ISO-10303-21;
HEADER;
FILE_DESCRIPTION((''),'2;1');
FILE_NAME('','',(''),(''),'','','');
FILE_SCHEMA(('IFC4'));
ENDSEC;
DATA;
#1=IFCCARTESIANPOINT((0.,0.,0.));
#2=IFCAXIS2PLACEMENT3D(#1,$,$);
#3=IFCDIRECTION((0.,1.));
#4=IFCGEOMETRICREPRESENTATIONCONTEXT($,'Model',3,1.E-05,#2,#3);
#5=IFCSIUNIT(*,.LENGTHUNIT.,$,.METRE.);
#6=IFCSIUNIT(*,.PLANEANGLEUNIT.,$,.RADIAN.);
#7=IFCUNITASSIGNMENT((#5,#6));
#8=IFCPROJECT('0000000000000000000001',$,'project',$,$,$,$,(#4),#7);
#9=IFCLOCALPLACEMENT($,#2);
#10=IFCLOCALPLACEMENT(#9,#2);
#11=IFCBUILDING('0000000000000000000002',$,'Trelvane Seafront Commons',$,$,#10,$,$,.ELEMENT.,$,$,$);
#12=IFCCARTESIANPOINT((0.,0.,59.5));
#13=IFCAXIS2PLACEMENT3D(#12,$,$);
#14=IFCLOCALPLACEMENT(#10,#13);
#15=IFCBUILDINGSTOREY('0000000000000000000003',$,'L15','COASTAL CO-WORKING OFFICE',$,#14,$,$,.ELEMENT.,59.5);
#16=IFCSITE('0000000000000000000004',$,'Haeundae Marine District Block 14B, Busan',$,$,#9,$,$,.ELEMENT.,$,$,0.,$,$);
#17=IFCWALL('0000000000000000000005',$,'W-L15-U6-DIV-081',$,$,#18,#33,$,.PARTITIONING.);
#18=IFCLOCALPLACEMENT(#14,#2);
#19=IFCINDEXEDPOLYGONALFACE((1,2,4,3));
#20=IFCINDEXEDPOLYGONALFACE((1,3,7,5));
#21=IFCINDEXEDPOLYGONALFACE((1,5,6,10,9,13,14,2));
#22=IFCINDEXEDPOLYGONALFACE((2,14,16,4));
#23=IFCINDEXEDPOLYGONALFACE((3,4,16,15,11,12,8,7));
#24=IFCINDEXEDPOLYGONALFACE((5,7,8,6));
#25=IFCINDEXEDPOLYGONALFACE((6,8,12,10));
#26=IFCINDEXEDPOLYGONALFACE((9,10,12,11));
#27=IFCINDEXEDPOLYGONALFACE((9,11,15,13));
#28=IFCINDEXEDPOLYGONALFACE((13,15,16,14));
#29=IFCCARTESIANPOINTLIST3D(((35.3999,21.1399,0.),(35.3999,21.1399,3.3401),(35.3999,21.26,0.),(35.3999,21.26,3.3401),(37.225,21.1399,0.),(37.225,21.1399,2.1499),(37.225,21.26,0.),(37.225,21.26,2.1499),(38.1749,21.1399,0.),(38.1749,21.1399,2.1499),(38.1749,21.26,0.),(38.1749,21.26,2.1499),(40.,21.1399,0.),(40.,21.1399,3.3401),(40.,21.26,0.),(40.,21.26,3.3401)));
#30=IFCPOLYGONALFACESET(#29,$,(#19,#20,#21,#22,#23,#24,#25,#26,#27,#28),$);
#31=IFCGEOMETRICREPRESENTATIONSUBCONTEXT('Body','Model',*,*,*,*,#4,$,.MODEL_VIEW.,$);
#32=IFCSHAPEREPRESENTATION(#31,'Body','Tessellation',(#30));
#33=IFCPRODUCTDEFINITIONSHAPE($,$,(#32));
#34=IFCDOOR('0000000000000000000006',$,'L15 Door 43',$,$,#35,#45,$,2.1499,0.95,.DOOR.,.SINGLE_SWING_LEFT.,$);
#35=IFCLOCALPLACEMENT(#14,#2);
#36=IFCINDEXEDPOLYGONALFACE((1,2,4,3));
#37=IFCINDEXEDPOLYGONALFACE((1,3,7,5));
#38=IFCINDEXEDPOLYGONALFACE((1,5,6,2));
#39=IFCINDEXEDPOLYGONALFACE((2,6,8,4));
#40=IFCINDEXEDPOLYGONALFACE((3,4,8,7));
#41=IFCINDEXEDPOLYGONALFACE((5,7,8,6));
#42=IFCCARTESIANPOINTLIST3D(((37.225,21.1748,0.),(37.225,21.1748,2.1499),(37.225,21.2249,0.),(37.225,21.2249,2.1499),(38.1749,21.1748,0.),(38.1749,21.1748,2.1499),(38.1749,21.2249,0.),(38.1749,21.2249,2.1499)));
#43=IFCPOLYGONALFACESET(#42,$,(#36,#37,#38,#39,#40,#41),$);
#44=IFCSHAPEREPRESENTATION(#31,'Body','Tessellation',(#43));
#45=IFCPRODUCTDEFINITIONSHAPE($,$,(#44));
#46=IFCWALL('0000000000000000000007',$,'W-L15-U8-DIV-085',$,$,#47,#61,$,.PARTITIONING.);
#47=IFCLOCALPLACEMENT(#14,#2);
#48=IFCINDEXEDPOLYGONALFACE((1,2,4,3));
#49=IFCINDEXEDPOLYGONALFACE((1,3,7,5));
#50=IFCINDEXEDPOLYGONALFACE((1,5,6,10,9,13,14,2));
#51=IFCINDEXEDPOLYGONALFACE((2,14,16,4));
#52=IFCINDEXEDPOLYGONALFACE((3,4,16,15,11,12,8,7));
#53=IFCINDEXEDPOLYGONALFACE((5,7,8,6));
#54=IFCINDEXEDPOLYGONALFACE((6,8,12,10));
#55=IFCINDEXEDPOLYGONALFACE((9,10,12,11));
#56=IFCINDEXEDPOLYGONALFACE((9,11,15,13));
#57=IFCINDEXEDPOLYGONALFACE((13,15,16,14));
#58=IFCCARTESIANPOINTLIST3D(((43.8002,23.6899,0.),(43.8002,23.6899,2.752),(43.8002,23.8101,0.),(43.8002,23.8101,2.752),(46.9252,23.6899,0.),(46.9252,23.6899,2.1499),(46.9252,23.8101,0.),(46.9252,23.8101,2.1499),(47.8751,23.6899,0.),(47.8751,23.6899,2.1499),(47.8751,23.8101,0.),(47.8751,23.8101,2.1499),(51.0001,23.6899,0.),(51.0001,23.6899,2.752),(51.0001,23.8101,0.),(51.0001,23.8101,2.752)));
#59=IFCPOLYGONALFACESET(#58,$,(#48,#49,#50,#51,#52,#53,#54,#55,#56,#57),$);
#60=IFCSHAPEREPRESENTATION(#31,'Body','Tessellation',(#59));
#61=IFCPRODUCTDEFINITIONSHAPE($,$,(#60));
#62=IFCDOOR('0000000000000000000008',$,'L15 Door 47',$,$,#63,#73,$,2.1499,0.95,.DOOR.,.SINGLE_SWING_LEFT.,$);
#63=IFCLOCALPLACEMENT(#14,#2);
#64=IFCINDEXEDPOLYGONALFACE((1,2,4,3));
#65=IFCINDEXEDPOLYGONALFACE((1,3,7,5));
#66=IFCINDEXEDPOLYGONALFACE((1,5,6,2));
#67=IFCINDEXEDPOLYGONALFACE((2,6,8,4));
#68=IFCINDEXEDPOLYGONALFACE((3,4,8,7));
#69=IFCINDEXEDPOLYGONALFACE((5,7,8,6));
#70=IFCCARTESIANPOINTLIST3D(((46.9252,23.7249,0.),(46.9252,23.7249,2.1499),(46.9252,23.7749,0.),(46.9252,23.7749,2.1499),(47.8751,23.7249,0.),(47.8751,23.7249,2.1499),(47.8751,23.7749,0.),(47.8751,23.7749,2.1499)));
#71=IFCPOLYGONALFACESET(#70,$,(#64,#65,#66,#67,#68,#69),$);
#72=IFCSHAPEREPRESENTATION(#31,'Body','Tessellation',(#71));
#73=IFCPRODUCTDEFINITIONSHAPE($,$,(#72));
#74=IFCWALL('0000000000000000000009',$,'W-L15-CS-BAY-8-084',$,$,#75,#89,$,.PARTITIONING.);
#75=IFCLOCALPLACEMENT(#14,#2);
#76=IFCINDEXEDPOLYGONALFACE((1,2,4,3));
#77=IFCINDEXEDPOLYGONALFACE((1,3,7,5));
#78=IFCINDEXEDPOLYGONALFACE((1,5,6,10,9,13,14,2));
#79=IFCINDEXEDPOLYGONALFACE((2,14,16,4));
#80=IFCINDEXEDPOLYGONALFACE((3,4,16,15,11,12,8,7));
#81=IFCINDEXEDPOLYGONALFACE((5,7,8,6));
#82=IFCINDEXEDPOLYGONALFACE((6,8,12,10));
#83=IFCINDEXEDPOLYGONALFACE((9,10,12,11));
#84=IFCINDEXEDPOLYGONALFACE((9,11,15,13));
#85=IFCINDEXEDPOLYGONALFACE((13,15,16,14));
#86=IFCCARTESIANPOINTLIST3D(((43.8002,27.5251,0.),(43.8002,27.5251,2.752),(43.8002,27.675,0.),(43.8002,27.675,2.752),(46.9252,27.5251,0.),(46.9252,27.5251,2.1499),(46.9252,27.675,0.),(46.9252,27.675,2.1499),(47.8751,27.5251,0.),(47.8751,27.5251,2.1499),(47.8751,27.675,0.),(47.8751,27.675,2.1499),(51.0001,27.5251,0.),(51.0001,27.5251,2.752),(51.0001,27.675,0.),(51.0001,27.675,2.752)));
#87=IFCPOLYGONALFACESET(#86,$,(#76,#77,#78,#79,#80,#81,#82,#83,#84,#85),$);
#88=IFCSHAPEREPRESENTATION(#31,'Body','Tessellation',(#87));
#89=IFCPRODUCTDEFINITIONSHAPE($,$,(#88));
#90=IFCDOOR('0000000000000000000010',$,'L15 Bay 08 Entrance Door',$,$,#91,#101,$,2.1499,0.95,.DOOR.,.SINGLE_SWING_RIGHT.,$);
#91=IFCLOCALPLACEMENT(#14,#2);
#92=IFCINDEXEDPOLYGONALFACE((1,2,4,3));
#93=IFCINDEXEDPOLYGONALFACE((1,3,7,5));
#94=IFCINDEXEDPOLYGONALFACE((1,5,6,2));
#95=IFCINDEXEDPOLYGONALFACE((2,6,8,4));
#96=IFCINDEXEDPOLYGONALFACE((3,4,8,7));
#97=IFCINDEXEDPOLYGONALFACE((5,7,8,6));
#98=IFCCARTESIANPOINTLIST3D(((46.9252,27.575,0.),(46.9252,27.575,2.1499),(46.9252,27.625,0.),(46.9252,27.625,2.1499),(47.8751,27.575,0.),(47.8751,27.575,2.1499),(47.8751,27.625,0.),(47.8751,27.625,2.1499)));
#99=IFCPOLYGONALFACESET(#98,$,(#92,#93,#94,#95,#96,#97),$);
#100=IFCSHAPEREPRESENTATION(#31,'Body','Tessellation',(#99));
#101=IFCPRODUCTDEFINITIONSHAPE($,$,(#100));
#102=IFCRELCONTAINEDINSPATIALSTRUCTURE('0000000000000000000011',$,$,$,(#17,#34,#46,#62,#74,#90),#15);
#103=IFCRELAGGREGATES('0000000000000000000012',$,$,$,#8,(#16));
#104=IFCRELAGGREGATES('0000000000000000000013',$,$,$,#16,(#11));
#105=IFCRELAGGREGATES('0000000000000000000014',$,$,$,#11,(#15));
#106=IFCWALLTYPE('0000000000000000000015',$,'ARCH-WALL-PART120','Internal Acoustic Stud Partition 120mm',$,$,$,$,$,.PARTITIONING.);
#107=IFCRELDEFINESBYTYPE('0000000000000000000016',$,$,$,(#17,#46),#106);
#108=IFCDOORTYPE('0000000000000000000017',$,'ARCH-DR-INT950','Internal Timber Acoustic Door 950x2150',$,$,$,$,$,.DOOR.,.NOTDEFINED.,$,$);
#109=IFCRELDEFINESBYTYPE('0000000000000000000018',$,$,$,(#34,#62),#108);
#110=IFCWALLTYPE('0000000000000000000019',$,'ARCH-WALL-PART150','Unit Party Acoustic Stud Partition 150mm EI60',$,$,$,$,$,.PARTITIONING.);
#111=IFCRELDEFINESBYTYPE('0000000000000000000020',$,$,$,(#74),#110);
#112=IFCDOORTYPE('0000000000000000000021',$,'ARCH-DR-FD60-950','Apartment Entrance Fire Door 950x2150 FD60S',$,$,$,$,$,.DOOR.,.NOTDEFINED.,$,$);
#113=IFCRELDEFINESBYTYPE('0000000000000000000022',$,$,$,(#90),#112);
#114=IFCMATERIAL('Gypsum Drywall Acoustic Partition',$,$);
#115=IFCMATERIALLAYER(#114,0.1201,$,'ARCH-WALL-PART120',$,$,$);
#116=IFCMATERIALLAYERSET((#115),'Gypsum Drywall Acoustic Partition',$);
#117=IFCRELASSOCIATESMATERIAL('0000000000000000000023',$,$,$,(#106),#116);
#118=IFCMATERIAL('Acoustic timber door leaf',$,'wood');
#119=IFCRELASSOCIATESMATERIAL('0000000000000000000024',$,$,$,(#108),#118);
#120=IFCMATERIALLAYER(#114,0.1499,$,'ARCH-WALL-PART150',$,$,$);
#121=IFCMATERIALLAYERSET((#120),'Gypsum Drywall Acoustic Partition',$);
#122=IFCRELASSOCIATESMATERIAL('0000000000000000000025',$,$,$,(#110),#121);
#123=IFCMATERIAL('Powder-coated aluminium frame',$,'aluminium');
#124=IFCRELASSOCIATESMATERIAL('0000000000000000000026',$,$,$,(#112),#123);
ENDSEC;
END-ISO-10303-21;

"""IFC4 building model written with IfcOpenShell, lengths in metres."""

from ifc_helpers import new_model, si_unit, direction, frame, frame_2d, origin, place, context, subcontext, project, spatial, rectangle, extrude, source, transform, mapped, material, layer, layer_set, type_object, element, fill, save


model = new_model("IFC4")

# Units and contexts
model_context = context("Model", 3, precision=1e-05, world=origin(), true_north=direction((0.0, 1.0)))
body_context = subcontext(model_context, "Body", "Model", "MODEL_VIEW")
ifc_project = project(units=[si_unit("LENGTHUNIT", "METRE"), si_unit("PLANEANGLEUNIT", "RADIAN")], contexts=[model_context])

# Site, building, storey
site_placement = place(None, origin())
site = spatial("IfcSite", under=ifc_project, at=site_placement, Name="Haeundae Marine District Block 14B, Busan", CompositionType="ELEMENT", RefElevation=0.0)
building_placement = place(site_placement, origin())
building = spatial("IfcBuilding", under=site, at=building_placement, Name="Trelvane Seafront Commons", CompositionType="ELEMENT")
storey_placement = place(building_placement, frame((0.0, 0.0, 59.5)))
storey = spatial("IfcBuildingStorey", under=building, at=storey_placement, Name="L15", Description="COASTAL CO-WORKING OFFICE", CompositionType="ELEMENT", Elevation=59.5)

# Shared definitions
ifc_material_1 = material(Name="Gypsum Drywall Acoustic Partition")
ifc_layer_1 = layer(ifc_material_1, 0.1201, Name="ARCH-WALL-PART120")
ifc_layer_set_1 = layer_set([ifc_layer_1], Name="Gypsum Drywall Acoustic Partition")
wall_type_1 = type_object("IfcWallType", Name="ARCH-WALL-PART120", Description="Internal Acoustic Stud Partition 120mm", PredefinedType="PARTITIONING", material=ifc_layer_set_1)
ifc_material_2 = material(Name="Acoustic timber door leaf", Category="wood")
door_type_1 = type_object("IfcDoorType", Name="ARCH-DR-INT950", Description="Internal Timber Acoustic Door 950x2150", OperationType="NOTDEFINED", PredefinedType="DOOR", material=ifc_material_2)
shared_shape_1 = source(origin(), body_context, "Body", "SweptSolid", [
    extrude(rectangle(XDim=0.95, YDim=2.1499, at=frame_2d((0.4751, 1.075))), frame((0.0, 0.0249, 0.0), z_axis=(0.0, -1.0, 0.0), x_axis=(1.0, 0.0, 0.0)), (0.0, 0.0, 1.0), 0.05),
])

# Walls, openings, doors
wall_1_placement = place(storey_placement, frame((35.3999, 21.2, 0.0), z_axis=(0.0, 0.0, 1.0), x_axis=(1.0, 0.0, 0.0)))
wall_1 = element("IfcWall", 1, at=wall_1_placement, inside=storey, type_object=wall_type_1, Name="W-L15-U6-DIV-081", PredefinedType="PARTITIONING", context=body_context, shape_type="SweptSolid", body=[
    extrude(rectangle(XDim=4.6001, YDim=0.1201, at=frame_2d((2.3, 0.0))), origin(), (0.0, 0.0, 1.0), 3.3401),
])
opening_1_placement = place(wall_1_placement, frame((1.825, 0.0, 0.0)))
opening_1 = element("IfcOpeningElement", 2, at=opening_1_placement, cuts=wall_1, PredefinedType="OPENING", context=body_context, shape_type="SweptSolid", body=[
    extrude(rectangle(XDim=0.95, YDim=2.1499, at=frame_2d((0.4751, 1.075))), frame((0.0, 0.0701, 0.0), z_axis=(0.0, -1.0, 0.0), x_axis=(1.0, 0.0, 0.0)), (0.0, 0.0, 1.0), 0.1401),
])
door_1_placement = place(opening_1_placement, origin())
door_1 = element("IfcDoor", 3, at=door_1_placement, inside=storey, type_object=door_type_1, Name="L15 Door 43", OperationType="SINGLE_SWING_LEFT", OverallHeight=2.1499, OverallWidth=0.95, PredefinedType="DOOR", context=body_context, shape_type="MappedRepresentation", body=[
    mapped(shared_shape_1, transform((0.0, 0.0, 0.0), x_axis=(1.0, 0.0, 0.0), y_axis=(0.0, 1.0, 0.0), z_axis=(0.0, 0.0, 1.0), scale=1.0)),
])
fill(opening_1, door_1)
wall_2_placement = place(storey_placement, frame((43.8, 23.75, 0.0), z_axis=(0.0, 0.0, 1.0), x_axis=(1.0, 0.0, 0.0)))
wall_2 = element("IfcWall", 4, at=wall_2_placement, inside=storey, type_object=wall_type_1, Name="W-L15-U8-DIV-085", PredefinedType="PARTITIONING", context=body_context, shape_type="SweptSolid", body=[
    extrude(rectangle(XDim=7.2, YDim=0.1201, at=frame_2d((3.6001, 0.0))), origin(), (0.0, 0.0, 1.0), 2.752),
])
opening_2_placement = place(wall_2_placement, frame((3.125, 0.0, 0.0)))
opening_2 = element("IfcOpeningElement", 5, at=opening_2_placement, cuts=wall_2, PredefinedType="OPENING", context=body_context, shape_type="SweptSolid", body=[
    extrude(rectangle(XDim=0.95, YDim=2.1499, at=frame_2d((0.4751, 1.075))), frame((0.0, 0.0701, 0.0), z_axis=(0.0, -1.0, 0.0), x_axis=(1.0, 0.0, 0.0)), (0.0, 0.0, 1.0), 0.1401),
])
door_2_placement = place(opening_2_placement, origin())
door_2 = element("IfcDoor", 6, at=door_2_placement, inside=storey, type_object=door_type_1, Name="L15 Door 47", OperationType="SINGLE_SWING_LEFT", OverallHeight=2.1499, OverallWidth=0.95, PredefinedType="DOOR", context=body_context, shape_type="MappedRepresentation", body=[
    mapped(shared_shape_1, transform((0.0, 0.0, 0.0), x_axis=(1.0, 0.0, 0.0), y_axis=(0.0, 1.0, 0.0), z_axis=(0.0, 0.0, 1.0), scale=1.0)),
])
fill(opening_2, door_2)
ifc_layer_2 = layer(ifc_material_1, 0.1499, Name="ARCH-WALL-PART150")
ifc_layer_set_2 = layer_set([ifc_layer_2], Name="Gypsum Drywall Acoustic Partition")
wall_type_2 = type_object("IfcWallType", Name="ARCH-WALL-PART150", Description="Unit Party Acoustic Stud Partition 150mm EI60", PredefinedType="PARTITIONING", material=ifc_layer_set_2)
ifc_material_3 = material(Name="Powder-coated aluminium frame", Category="aluminium")
door_type_2 = type_object("IfcDoorType", Name="ARCH-DR-FD60-950", Description="Apartment Entrance Fire Door 950x2150 FD60S", OperationType="NOTDEFINED", PredefinedType="DOOR", material=ifc_material_3)
wall_3_placement = place(storey_placement, frame((43.8, 27.6001, 0.0), z_axis=(0.0, 0.0, 1.0), x_axis=(1.0, 0.0, 0.0)))
wall_3 = element("IfcWall", 7, at=wall_3_placement, inside=storey, type_object=wall_type_2, Name="W-L15-CS-BAY-8-084", PredefinedType="PARTITIONING", context=body_context, shape_type="SweptSolid", body=[
    extrude(rectangle(XDim=7.2, YDim=0.1499, at=frame_2d((3.6001, 0.0))), origin(), (0.0, 0.0, 1.0), 2.752),
])
opening_3_placement = place(wall_3_placement, frame((3.125, 0.0, 0.0)))
opening_3 = element("IfcOpeningElement", 8, at=opening_3_placement, cuts=wall_3, PredefinedType="OPENING", context=body_context, shape_type="SweptSolid", body=[
    extrude(rectangle(XDim=0.95, YDim=2.1499, at=frame_2d((0.4751, 1.075))), frame((0.0, 0.085, 0.0), z_axis=(0.0, -1.0, 0.0), x_axis=(1.0, 0.0, 0.0)), (0.0, 0.0, 1.0), 0.1699),
])
door_3_placement = place(opening_3_placement, origin())
door_3 = element("IfcDoor", 9, at=door_3_placement, inside=storey, type_object=door_type_2, Name="L15 Bay 08 Entrance Door", OperationType="SINGLE_SWING_RIGHT", OverallHeight=2.1499, OverallWidth=0.95, PredefinedType="DOOR", context=body_context, shape_type="MappedRepresentation", body=[
    mapped(shared_shape_1, transform((0.0, 0.0, 0.0), x_axis=(1.0, 0.0, 0.0), y_axis=(0.0, 1.0, 0.0), z_axis=(0.0, 0.0, 1.0), scale=1.0)),
])
fill(opening_3, door_3)

save(model, "model.ifc")
